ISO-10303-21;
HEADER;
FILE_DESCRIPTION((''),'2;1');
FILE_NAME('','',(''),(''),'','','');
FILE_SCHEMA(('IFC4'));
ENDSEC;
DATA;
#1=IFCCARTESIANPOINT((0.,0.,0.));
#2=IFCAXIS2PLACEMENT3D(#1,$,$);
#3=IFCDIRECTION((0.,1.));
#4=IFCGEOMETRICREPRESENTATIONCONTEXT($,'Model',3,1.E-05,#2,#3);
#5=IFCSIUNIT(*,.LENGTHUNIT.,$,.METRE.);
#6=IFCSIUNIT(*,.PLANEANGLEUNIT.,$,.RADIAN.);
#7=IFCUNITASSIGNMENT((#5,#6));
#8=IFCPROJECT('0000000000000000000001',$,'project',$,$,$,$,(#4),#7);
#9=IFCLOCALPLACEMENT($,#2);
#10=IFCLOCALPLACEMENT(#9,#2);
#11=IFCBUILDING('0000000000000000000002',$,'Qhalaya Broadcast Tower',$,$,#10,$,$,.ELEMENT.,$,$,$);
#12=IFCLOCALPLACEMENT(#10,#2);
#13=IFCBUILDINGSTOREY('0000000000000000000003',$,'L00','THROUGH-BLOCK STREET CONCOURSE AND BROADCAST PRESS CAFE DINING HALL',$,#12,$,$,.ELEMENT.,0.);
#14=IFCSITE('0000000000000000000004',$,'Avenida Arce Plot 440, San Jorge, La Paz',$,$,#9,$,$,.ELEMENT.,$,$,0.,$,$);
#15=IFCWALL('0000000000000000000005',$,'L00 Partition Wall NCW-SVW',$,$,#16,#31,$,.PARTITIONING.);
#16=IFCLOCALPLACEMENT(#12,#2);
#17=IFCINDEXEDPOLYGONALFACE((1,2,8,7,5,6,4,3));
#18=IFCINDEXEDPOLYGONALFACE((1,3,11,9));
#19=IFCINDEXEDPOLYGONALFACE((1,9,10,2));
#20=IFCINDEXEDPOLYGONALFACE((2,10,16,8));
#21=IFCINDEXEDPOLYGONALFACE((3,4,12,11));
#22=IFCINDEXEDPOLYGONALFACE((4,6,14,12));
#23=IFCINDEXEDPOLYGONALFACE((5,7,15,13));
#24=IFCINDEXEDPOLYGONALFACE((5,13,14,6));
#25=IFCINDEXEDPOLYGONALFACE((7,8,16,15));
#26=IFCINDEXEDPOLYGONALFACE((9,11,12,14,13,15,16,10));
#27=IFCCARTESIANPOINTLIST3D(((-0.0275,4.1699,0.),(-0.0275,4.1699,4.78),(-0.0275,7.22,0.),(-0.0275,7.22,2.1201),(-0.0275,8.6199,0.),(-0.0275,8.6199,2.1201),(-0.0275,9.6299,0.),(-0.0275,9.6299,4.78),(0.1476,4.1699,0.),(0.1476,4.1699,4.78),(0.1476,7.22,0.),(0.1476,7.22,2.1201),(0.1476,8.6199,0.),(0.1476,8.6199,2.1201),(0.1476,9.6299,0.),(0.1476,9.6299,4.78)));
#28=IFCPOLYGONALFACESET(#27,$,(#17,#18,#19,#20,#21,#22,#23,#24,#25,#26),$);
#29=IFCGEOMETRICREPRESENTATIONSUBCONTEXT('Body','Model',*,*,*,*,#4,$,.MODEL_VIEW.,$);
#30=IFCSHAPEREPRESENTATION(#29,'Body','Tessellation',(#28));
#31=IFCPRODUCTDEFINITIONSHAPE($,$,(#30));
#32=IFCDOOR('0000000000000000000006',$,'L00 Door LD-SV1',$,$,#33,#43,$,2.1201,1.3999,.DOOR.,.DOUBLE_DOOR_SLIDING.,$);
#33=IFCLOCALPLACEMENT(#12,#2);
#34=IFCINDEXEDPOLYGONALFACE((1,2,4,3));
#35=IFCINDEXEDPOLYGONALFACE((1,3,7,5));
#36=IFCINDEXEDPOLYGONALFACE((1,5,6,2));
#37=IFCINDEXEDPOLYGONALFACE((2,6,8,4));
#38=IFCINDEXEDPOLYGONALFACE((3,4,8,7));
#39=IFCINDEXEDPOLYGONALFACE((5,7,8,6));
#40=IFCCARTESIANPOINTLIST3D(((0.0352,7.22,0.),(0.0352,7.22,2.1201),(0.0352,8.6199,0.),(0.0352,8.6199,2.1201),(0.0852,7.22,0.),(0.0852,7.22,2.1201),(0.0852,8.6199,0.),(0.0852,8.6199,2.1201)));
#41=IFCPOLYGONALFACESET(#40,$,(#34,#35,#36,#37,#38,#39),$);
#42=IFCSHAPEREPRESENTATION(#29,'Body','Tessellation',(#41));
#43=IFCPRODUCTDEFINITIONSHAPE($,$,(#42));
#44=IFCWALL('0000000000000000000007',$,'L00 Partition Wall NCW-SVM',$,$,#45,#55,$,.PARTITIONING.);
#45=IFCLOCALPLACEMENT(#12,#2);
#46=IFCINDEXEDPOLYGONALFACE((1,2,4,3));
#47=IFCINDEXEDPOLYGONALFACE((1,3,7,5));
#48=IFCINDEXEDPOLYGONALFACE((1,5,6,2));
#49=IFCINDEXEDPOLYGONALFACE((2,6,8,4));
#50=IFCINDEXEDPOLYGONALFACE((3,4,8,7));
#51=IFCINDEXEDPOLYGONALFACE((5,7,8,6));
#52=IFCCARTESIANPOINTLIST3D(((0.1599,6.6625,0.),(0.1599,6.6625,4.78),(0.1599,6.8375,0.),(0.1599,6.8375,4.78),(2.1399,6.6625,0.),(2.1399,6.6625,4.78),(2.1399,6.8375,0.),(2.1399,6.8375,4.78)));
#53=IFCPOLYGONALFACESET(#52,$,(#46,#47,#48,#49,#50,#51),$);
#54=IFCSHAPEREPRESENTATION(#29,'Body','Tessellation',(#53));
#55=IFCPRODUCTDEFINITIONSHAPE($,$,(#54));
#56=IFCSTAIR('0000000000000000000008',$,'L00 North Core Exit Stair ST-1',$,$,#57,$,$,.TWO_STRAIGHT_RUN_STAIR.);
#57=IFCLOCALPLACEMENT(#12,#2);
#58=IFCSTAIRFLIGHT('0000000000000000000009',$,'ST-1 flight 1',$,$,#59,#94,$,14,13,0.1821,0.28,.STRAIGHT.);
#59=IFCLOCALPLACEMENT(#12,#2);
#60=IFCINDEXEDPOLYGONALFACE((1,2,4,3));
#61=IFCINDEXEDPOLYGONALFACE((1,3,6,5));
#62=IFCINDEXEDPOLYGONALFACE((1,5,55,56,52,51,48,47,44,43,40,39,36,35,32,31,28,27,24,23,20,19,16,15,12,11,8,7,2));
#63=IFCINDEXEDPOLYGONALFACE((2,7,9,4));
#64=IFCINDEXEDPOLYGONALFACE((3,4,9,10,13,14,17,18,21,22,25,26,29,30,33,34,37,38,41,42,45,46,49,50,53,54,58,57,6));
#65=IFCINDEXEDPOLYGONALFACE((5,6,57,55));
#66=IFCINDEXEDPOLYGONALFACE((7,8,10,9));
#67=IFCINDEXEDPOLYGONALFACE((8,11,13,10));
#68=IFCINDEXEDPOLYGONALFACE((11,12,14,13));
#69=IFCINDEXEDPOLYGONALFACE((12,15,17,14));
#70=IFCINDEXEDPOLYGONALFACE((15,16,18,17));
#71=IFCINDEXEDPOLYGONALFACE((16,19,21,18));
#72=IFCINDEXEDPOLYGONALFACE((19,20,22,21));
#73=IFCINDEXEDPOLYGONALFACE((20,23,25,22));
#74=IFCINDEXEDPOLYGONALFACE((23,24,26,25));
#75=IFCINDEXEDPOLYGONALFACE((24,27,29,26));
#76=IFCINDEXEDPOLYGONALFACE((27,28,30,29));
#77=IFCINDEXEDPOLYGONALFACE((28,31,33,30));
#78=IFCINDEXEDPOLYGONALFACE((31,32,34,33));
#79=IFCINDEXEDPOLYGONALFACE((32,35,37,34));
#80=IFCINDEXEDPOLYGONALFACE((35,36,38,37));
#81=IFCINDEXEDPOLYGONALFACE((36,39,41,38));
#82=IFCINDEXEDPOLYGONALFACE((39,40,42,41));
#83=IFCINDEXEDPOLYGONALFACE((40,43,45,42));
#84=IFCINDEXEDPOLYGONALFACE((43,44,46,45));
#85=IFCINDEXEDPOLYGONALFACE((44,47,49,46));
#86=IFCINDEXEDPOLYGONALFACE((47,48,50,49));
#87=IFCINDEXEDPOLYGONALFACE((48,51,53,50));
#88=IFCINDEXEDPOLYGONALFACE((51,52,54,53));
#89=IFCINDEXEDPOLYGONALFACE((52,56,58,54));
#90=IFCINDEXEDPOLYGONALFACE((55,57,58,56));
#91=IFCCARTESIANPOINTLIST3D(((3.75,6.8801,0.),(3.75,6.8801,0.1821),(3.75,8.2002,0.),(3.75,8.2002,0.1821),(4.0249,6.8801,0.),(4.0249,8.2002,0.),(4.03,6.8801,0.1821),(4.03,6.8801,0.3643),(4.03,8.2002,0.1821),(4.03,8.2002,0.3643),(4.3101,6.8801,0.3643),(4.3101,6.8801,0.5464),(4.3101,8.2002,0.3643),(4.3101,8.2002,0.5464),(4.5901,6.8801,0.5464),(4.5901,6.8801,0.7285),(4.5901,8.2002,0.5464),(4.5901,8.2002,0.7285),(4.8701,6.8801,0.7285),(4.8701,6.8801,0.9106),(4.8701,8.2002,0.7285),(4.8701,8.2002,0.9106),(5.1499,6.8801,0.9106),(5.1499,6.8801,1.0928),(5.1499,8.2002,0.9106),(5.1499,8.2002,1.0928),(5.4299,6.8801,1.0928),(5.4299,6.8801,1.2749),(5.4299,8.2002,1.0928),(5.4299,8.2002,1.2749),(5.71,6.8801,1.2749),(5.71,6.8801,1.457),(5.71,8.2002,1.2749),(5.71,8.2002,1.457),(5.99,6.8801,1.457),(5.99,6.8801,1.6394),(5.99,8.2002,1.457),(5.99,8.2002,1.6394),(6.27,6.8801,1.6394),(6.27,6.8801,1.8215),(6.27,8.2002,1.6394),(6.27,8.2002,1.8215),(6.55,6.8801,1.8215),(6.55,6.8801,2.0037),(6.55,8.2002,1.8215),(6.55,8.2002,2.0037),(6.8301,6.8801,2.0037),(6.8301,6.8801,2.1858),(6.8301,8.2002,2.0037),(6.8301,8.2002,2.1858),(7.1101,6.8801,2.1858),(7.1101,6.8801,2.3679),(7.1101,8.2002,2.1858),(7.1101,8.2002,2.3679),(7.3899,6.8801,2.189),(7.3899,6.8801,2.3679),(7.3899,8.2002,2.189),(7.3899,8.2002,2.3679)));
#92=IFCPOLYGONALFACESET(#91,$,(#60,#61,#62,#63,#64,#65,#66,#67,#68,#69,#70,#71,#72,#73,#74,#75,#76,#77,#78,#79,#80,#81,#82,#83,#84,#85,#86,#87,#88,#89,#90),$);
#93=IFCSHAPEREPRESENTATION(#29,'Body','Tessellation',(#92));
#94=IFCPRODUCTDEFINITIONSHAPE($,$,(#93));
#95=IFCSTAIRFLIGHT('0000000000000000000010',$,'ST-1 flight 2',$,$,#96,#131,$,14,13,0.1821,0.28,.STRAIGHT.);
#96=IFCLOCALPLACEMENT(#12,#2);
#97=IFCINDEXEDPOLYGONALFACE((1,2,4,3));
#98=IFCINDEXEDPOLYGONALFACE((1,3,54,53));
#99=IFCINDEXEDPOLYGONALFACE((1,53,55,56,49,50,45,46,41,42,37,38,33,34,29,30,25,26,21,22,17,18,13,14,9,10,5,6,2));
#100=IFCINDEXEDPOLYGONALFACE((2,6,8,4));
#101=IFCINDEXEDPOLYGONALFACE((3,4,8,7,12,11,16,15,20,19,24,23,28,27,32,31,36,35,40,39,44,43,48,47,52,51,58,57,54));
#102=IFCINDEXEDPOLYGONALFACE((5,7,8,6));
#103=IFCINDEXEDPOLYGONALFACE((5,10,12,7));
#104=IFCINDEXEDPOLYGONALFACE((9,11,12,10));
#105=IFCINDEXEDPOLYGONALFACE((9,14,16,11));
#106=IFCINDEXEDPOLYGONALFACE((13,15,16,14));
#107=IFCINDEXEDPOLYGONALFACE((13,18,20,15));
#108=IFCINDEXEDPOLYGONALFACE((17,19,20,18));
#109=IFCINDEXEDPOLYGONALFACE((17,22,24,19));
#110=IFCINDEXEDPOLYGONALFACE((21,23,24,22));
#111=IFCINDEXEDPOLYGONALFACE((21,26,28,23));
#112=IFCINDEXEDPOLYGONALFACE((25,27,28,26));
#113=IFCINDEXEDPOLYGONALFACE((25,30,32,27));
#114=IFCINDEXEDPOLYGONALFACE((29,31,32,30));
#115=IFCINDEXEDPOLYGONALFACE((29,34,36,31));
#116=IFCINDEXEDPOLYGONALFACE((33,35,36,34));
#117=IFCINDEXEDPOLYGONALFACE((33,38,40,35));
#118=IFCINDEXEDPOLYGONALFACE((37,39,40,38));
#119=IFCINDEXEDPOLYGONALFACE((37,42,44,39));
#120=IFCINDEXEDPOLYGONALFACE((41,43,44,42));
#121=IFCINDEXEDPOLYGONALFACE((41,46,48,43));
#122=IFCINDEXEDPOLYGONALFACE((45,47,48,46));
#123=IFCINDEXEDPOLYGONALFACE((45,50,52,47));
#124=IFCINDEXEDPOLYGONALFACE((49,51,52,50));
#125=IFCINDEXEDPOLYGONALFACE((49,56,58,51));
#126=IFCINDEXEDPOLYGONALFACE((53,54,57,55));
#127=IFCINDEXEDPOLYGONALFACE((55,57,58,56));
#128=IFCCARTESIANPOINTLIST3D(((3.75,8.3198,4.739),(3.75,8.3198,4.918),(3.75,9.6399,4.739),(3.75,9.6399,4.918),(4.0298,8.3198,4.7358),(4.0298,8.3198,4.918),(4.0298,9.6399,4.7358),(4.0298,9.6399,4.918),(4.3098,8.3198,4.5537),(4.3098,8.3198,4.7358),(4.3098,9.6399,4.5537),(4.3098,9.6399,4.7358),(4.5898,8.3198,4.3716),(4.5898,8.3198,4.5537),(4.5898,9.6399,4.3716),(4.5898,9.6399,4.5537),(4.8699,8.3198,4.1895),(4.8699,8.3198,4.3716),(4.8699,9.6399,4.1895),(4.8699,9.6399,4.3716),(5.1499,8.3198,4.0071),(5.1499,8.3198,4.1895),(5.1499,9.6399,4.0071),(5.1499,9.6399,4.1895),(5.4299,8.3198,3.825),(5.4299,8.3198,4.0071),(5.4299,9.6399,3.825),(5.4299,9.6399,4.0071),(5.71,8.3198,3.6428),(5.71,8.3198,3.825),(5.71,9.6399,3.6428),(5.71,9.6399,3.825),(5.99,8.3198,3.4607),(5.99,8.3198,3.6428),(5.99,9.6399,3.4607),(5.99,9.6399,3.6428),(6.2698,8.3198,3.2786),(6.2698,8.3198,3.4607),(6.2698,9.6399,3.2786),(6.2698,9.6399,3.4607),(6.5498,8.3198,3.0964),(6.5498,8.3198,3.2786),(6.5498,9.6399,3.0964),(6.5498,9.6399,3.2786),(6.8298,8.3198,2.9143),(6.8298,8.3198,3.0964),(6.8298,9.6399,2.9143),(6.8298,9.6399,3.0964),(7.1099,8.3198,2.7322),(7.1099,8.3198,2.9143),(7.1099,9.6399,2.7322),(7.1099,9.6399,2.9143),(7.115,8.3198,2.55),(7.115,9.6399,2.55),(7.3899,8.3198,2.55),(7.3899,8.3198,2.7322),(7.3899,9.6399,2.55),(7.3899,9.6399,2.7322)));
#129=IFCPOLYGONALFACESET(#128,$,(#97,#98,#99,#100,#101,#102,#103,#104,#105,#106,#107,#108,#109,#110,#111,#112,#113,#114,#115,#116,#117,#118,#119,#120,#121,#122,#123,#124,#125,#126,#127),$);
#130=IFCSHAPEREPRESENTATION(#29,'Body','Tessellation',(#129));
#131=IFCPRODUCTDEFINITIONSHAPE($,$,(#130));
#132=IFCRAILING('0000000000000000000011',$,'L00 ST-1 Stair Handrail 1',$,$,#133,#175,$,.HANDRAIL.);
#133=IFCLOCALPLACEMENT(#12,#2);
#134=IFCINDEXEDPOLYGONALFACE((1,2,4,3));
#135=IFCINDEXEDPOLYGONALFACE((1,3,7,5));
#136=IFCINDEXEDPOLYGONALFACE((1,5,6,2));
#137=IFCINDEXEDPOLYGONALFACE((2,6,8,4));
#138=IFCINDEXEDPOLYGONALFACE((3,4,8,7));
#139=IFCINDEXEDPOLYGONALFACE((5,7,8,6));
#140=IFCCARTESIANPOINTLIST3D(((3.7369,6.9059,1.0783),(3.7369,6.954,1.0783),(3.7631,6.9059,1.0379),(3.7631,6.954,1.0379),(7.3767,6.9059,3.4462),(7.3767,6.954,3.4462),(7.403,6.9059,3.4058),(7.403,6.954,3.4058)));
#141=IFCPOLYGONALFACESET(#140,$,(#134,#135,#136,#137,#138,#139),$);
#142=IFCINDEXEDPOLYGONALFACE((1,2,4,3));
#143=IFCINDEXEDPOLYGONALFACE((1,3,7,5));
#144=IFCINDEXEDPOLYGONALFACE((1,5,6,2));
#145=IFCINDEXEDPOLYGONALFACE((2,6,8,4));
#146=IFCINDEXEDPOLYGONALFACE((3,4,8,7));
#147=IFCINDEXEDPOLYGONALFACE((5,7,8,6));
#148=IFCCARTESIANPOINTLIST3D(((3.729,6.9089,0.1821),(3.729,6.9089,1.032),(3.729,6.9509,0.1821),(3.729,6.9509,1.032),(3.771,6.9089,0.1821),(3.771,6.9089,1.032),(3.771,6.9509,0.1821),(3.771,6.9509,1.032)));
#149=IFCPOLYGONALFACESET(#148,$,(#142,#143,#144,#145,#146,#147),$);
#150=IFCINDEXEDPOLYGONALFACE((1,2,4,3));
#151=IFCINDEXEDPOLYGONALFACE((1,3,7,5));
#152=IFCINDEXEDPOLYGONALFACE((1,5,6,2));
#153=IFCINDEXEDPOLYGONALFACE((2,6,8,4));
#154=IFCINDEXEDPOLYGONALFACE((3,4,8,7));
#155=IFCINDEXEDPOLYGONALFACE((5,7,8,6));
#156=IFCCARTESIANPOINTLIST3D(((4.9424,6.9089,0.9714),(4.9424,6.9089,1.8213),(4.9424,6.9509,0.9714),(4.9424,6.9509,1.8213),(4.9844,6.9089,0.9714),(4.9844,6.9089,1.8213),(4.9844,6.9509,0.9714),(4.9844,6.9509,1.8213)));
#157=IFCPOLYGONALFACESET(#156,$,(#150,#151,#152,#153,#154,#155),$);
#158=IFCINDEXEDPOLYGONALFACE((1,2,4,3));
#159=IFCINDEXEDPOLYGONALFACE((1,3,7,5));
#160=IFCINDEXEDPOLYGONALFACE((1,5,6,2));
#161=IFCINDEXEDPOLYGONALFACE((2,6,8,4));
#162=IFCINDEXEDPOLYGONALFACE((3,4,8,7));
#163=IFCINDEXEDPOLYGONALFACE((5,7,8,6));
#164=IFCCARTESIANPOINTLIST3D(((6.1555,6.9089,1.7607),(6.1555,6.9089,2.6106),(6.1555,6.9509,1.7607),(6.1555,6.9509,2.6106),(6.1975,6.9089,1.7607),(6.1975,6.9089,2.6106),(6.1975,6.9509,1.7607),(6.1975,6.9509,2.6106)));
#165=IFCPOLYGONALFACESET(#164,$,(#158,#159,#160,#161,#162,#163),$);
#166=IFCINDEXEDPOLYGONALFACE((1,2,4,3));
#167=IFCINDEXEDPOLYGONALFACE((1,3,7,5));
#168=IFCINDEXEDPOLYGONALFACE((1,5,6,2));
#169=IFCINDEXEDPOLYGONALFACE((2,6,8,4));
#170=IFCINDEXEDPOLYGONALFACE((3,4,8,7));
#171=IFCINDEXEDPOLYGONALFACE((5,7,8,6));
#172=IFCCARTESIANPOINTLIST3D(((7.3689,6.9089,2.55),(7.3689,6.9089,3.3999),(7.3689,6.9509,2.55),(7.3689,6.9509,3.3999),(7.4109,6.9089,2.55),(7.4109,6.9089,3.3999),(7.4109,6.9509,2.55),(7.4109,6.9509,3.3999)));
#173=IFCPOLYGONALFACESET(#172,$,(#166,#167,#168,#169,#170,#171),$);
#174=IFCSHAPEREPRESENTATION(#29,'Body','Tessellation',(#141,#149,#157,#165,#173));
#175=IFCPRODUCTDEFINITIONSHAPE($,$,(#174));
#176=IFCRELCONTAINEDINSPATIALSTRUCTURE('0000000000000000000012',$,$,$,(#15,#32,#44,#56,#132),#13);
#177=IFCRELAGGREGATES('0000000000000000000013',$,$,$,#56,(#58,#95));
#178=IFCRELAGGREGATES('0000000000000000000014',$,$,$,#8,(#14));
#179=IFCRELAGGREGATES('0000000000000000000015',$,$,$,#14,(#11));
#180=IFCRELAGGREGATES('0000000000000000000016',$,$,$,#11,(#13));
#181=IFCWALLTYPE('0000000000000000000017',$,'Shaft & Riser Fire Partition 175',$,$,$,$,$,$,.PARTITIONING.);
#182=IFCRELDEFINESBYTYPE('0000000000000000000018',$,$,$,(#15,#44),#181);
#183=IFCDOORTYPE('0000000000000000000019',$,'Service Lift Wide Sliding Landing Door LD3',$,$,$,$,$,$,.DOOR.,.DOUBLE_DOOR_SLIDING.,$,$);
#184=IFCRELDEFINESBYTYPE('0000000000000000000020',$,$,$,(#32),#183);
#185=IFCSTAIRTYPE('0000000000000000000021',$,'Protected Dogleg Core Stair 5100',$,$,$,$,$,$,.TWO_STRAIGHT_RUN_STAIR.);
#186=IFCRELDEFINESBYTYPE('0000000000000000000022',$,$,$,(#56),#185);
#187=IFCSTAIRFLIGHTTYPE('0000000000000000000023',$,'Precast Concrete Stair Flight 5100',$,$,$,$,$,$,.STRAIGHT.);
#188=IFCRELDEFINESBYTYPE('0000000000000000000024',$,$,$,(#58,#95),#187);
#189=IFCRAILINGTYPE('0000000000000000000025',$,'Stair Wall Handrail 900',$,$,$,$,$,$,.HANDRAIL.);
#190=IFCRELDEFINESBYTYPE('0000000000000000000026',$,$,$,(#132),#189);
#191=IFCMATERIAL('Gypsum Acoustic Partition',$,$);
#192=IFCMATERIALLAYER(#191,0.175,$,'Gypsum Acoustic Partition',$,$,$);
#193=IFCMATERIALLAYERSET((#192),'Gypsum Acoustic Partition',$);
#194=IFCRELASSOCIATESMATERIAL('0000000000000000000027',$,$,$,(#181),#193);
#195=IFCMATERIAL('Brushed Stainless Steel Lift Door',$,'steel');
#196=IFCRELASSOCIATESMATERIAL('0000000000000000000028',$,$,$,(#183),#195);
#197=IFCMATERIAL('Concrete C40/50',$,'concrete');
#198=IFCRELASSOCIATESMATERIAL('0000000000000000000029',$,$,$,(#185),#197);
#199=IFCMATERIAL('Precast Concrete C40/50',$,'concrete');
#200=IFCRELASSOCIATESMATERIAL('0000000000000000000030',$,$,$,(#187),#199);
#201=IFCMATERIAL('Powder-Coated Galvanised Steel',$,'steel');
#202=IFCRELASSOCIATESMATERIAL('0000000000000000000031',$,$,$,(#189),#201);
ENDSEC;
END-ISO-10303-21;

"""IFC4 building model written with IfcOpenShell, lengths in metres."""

from ifc_helpers import new_model, si_unit, direction, frame, frame_2d, origin, origin_2d, place, context, subcontext, project, spatial, polyline, rectangle, outline, extrude, material, layer, layer_set, type_object, element, fill, aggregate, save


model = new_model("IFC4")

# Units and contexts
model_context = context("Model", 3, precision=1e-05, world=origin(), true_north=direction((0.0, 1.0)))
body_context = subcontext(model_context, "Body", "Model", "MODEL_VIEW")
ifc_project = project(units=[si_unit("LENGTHUNIT", "METRE"), si_unit("PLANEANGLEUNIT", "RADIAN")], contexts=[model_context])

# Site, building, storey
site_placement = place(None, origin())
site = spatial("IfcSite", under=ifc_project, at=site_placement, Name="Avenida Arce Plot 440, San Jorge, La Paz", CompositionType="ELEMENT", RefElevation=0.0)
building_placement = place(site_placement, origin())
building = spatial("IfcBuilding", under=site, at=building_placement, Name="Qhalaya Broadcast Tower", CompositionType="ELEMENT")
storey_placement = place(building_placement, origin())
storey = spatial("IfcBuildingStorey", under=building, at=storey_placement, Name="L00", Description="THROUGH-BLOCK STREET CONCOURSE AND BROADCAST PRESS CAFE DINING HALL", CompositionType="ELEMENT", Elevation=0.0)

# Wall, opening, door
ifc_material_1 = material(Name="Brushed Stainless Steel Lift Door", Category="steel")
ifc_material_2 = material(Name="Gypsum Acoustic Partition")
ifc_layer_1 = layer(ifc_material_2, 0.175, Name="Gypsum Acoustic Partition")
ifc_layer_set_1 = layer_set([ifc_layer_1], Name="Gypsum Acoustic Partition")
wall_type_1 = type_object("IfcWallType", Name="Shaft & Riser Fire Partition 175", PredefinedType="PARTITIONING", material=ifc_layer_set_1)
wall_1_placement = place(storey_placement, frame((0.0601, 4.1699, 0.0), z_axis=(0.0, 0.0, 1.0), x_axis=(0.0, 1.0, 0.0)))
wall_1 = element("IfcWall", 1, at=wall_1_placement, inside=storey, type_object=wall_type_1, Name="L00 Partition Wall NCW-SVW", PredefinedType="PARTITIONING", context=body_context, shape_type="SweptSolid", body=[
    extrude(rectangle(XDim=5.46, YDim=0.175, at=frame_2d((2.73, 0.0))), origin(), (0.0, 0.0, 1.0), 4.78),
])
opening_1_placement = place(wall_1_placement, frame((3.05, 0.0, 0.0)))
opening_1 = element("IfcOpeningElement", 2, at=opening_1_placement, cuts=wall_1, PredefinedType="OPENING", context=body_context, shape_type="SweptSolid", body=[
    extrude(rectangle(XDim=1.3999, YDim=2.1201, at=frame_2d((0.7, 1.0601))), frame((0.0, 0.0996, 0.0), z_axis=(0.0, -1.0, 0.0), x_axis=(1.0, 0.0, 0.0)), (0.0, 0.0, 1.0), 0.199),
])
door_type_1 = type_object("IfcDoorType", Name="Service Lift Wide Sliding Landing Door LD3", OperationType="DOUBLE_DOOR_SLIDING", PredefinedType="DOOR", material=ifc_material_1)
door_1_placement = place(opening_1_placement, origin())
door_1 = element("IfcDoor", 3, at=door_1_placement, inside=storey, type_object=door_type_1, Name="L00 Door LD-SV1", OperationType="DOUBLE_DOOR_SLIDING", OverallHeight=2.1201, OverallWidth=1.3999, PredefinedType="DOOR", context=body_context, shape_type="SweptSolid", body=[
    extrude(rectangle(XDim=1.3999, YDim=2.1201, at=frame_2d((0.7, 1.0601))), frame((0.0, 0.0249, 0.0), z_axis=(0.0, -1.0, 0.0), x_axis=(1.0, 0.0, 0.0)), (0.0, 0.0, 1.0), 0.05),
])
fill(opening_1, door_1)

# Wall
wall_2_placement = place(storey_placement, frame((0.1599, 6.75, 0.0), z_axis=(0.0, 0.0, 1.0), x_axis=(1.0, 0.0, 0.0)))
element("IfcWall", 4, at=wall_2_placement, inside=storey, type_object=wall_type_1, Name="L00 Partition Wall NCW-SVM", PredefinedType="PARTITIONING", context=body_context, shape_type="SweptSolid", body=[
    extrude(rectangle(XDim=1.98, YDim=0.175, at=frame_2d((0.99, 0.0))), origin(), (0.0, 0.0, 1.0), 4.78),
])

# Stair, stair flights
ifc_material_3 = material(Name="Concrete C40/50", Category="concrete")
stair_type = type_object("IfcStairType", Name="Protected Dogleg Core Stair 5100", PredefinedType="TWO_STRAIGHT_RUN_STAIR", material=ifc_material_3)
stair_placement = place(storey_placement, origin())
stair = element("IfcStair", 5, at=stair_placement, inside=storey, type_object=stair_type, Name="L00 North Core Exit Stair ST-1", PredefinedType="TWO_STRAIGHT_RUN_STAIR")
ifc_material_4 = material(Name="Precast Concrete C40/50", Category="concrete")
stair_flight_type = type_object("IfcStairFlightType", Name="Precast Concrete Stair Flight 5100", PredefinedType="STRAIGHT", material=ifc_material_4)
stair_flight_1_placement = place(storey_placement, frame((3.75, 7.54, 0.0), z_axis=(0.0, 0.0, 1.0), x_axis=(1.0, 0.0, 0.0)))
stair_flight_1 = element("IfcStairFlight", 6, at=stair_flight_1_placement, type_object=stair_flight_type, Name="ST-1 flight 1", NumberOfRisers=14, NumberOfTreads=13, PredefinedType="STRAIGHT", RiserHeight=0.1821, TreadLength=0.28, context=body_context, shape_type="SweptSolid", body=[
    extrude(outline(polyline([(0.0, 0.0), (0.0, 0.1821), (0.28, 0.1821), (0.28, 0.3643), (0.5601, 0.3643), (0.5601, 0.5464), (0.8401, 0.5464), (0.8401, 0.7285), (1.1201, 0.7285), (1.1201, 0.9106), (1.3999, 0.9106), (1.3999, 1.0928), (1.6799, 1.0928), (1.6799, 1.2749), (1.96, 1.2749), (1.96, 1.457), (2.24, 1.457), (2.24, 1.6394), (2.52, 1.6394), (2.52, 1.8215), (2.8, 1.8215), (2.8, 2.0037), (3.0801, 2.0037), (3.0801, 2.1858), (3.3601, 2.1858), (3.3601, 2.3679), (3.6399, 2.3679), (3.6399, 2.55), (3.6399, 2.189), (0.2749, 0.0), (0.0, 0.0)])), frame((0.0, 0.6602, 0.0), z_axis=(0.0, -1.0, 0.0), x_axis=(1.0, 0.0, 0.0)), (0.0, 0.0, 1.0), 1.3201),
])
stair_flight_2_placement = place(storey_placement, frame((7.3899, 8.98, 2.55), z_axis=(0.0, 0.0, 1.0), x_axis=(-1.0, 0.0, 0.0)))
stair_flight_2 = element("IfcStairFlight", 7, at=stair_flight_2_placement, type_object=stair_flight_type, Name="ST-1 flight 2", NumberOfRisers=14, NumberOfTreads=13, PredefinedType="STRAIGHT", RiserHeight=0.1821, TreadLength=0.28, context=body_context, shape_type="SweptSolid", body=[
    extrude(outline(polyline([(0.0, 0.0), (0.0, 0.1821), (0.28, 0.1821), (0.28, 0.3643), (0.5601, 0.3643), (0.5601, 0.5464), (0.8401, 0.5464), (0.8401, 0.7285), (1.1201, 0.7285), (1.1201, 0.9106), (1.3999, 0.9106), (1.3999, 1.0928), (1.6799, 1.0928), (1.6799, 1.2749), (1.96, 1.2749), (1.96, 1.457), (2.24, 1.457), (2.24, 1.6394), (2.52, 1.6394), (2.52, 1.8215), (2.8, 1.8215), (2.8, 2.0037), (3.0801, 2.0037), (3.0801, 2.1858), (3.3601, 2.1858), (3.3601, 2.3679), (3.6399, 2.3679), (3.6399, 2.55), (3.6399, 2.189), (0.2749, 0.0), (0.0, 0.0)])), frame((0.0, 0.6602, 0.0), z_axis=(0.0, -1.0, 0.0), x_axis=(1.0, 0.0, 0.0)), (0.0, 0.0, 1.0), 1.3201),
])
aggregate(stair, [stair_flight_1, stair_flight_2])

# Railing
ifc_material_5 = material(Name="Powder-Coated Galvanised Steel", Category="steel")
railing_type_1 = type_object("IfcRailingType", Name="Stair Wall Handrail 900", PredefinedType="HANDRAIL", material=ifc_material_5)
railing_1_placement = place(storey_placement, frame((3.75, 6.9299, 0.1821)))
element("IfcRailing", 8, at=railing_1_placement, inside=storey, type_object=railing_type_1, Name="L00 ST-1 Stair Handrail 1", PredefinedType="HANDRAIL", context=body_context, shape_type="SweptSolid", body=[
    extrude(rectangle(XDim=0.0481, YDim=0.0481, at=origin_2d()), frame((0.0, 0.0, 0.876), z_axis=(0.838234, 0.0, 0.54531), x_axis=(0.0, 1.0, 0.0)), (0.0, 0.0, 1.0), 4.3423),
    extrude(rectangle(XDim=0.042, YDim=0.042, at=origin_2d()), origin(), (0.0, 0.0, 1.0), 0.8499),
    extrude(rectangle(XDim=0.042, YDim=0.042, at=origin_2d()), frame((1.2134, 0.0, 0.7893)), (0.0, 0.0, 1.0), 0.8499),
    extrude(rectangle(XDim=0.042, YDim=0.042, at=origin_2d()), frame((2.4265, 0.0, 1.5786)), (0.0, 0.0, 1.0), 0.8499),
    extrude(rectangle(XDim=0.042, YDim=0.042, at=origin_2d()), frame((3.6399, 0.0, 2.3679)), (0.0, 0.0, 1.0), 0.8499),
])

save(model, "model.ifc")
